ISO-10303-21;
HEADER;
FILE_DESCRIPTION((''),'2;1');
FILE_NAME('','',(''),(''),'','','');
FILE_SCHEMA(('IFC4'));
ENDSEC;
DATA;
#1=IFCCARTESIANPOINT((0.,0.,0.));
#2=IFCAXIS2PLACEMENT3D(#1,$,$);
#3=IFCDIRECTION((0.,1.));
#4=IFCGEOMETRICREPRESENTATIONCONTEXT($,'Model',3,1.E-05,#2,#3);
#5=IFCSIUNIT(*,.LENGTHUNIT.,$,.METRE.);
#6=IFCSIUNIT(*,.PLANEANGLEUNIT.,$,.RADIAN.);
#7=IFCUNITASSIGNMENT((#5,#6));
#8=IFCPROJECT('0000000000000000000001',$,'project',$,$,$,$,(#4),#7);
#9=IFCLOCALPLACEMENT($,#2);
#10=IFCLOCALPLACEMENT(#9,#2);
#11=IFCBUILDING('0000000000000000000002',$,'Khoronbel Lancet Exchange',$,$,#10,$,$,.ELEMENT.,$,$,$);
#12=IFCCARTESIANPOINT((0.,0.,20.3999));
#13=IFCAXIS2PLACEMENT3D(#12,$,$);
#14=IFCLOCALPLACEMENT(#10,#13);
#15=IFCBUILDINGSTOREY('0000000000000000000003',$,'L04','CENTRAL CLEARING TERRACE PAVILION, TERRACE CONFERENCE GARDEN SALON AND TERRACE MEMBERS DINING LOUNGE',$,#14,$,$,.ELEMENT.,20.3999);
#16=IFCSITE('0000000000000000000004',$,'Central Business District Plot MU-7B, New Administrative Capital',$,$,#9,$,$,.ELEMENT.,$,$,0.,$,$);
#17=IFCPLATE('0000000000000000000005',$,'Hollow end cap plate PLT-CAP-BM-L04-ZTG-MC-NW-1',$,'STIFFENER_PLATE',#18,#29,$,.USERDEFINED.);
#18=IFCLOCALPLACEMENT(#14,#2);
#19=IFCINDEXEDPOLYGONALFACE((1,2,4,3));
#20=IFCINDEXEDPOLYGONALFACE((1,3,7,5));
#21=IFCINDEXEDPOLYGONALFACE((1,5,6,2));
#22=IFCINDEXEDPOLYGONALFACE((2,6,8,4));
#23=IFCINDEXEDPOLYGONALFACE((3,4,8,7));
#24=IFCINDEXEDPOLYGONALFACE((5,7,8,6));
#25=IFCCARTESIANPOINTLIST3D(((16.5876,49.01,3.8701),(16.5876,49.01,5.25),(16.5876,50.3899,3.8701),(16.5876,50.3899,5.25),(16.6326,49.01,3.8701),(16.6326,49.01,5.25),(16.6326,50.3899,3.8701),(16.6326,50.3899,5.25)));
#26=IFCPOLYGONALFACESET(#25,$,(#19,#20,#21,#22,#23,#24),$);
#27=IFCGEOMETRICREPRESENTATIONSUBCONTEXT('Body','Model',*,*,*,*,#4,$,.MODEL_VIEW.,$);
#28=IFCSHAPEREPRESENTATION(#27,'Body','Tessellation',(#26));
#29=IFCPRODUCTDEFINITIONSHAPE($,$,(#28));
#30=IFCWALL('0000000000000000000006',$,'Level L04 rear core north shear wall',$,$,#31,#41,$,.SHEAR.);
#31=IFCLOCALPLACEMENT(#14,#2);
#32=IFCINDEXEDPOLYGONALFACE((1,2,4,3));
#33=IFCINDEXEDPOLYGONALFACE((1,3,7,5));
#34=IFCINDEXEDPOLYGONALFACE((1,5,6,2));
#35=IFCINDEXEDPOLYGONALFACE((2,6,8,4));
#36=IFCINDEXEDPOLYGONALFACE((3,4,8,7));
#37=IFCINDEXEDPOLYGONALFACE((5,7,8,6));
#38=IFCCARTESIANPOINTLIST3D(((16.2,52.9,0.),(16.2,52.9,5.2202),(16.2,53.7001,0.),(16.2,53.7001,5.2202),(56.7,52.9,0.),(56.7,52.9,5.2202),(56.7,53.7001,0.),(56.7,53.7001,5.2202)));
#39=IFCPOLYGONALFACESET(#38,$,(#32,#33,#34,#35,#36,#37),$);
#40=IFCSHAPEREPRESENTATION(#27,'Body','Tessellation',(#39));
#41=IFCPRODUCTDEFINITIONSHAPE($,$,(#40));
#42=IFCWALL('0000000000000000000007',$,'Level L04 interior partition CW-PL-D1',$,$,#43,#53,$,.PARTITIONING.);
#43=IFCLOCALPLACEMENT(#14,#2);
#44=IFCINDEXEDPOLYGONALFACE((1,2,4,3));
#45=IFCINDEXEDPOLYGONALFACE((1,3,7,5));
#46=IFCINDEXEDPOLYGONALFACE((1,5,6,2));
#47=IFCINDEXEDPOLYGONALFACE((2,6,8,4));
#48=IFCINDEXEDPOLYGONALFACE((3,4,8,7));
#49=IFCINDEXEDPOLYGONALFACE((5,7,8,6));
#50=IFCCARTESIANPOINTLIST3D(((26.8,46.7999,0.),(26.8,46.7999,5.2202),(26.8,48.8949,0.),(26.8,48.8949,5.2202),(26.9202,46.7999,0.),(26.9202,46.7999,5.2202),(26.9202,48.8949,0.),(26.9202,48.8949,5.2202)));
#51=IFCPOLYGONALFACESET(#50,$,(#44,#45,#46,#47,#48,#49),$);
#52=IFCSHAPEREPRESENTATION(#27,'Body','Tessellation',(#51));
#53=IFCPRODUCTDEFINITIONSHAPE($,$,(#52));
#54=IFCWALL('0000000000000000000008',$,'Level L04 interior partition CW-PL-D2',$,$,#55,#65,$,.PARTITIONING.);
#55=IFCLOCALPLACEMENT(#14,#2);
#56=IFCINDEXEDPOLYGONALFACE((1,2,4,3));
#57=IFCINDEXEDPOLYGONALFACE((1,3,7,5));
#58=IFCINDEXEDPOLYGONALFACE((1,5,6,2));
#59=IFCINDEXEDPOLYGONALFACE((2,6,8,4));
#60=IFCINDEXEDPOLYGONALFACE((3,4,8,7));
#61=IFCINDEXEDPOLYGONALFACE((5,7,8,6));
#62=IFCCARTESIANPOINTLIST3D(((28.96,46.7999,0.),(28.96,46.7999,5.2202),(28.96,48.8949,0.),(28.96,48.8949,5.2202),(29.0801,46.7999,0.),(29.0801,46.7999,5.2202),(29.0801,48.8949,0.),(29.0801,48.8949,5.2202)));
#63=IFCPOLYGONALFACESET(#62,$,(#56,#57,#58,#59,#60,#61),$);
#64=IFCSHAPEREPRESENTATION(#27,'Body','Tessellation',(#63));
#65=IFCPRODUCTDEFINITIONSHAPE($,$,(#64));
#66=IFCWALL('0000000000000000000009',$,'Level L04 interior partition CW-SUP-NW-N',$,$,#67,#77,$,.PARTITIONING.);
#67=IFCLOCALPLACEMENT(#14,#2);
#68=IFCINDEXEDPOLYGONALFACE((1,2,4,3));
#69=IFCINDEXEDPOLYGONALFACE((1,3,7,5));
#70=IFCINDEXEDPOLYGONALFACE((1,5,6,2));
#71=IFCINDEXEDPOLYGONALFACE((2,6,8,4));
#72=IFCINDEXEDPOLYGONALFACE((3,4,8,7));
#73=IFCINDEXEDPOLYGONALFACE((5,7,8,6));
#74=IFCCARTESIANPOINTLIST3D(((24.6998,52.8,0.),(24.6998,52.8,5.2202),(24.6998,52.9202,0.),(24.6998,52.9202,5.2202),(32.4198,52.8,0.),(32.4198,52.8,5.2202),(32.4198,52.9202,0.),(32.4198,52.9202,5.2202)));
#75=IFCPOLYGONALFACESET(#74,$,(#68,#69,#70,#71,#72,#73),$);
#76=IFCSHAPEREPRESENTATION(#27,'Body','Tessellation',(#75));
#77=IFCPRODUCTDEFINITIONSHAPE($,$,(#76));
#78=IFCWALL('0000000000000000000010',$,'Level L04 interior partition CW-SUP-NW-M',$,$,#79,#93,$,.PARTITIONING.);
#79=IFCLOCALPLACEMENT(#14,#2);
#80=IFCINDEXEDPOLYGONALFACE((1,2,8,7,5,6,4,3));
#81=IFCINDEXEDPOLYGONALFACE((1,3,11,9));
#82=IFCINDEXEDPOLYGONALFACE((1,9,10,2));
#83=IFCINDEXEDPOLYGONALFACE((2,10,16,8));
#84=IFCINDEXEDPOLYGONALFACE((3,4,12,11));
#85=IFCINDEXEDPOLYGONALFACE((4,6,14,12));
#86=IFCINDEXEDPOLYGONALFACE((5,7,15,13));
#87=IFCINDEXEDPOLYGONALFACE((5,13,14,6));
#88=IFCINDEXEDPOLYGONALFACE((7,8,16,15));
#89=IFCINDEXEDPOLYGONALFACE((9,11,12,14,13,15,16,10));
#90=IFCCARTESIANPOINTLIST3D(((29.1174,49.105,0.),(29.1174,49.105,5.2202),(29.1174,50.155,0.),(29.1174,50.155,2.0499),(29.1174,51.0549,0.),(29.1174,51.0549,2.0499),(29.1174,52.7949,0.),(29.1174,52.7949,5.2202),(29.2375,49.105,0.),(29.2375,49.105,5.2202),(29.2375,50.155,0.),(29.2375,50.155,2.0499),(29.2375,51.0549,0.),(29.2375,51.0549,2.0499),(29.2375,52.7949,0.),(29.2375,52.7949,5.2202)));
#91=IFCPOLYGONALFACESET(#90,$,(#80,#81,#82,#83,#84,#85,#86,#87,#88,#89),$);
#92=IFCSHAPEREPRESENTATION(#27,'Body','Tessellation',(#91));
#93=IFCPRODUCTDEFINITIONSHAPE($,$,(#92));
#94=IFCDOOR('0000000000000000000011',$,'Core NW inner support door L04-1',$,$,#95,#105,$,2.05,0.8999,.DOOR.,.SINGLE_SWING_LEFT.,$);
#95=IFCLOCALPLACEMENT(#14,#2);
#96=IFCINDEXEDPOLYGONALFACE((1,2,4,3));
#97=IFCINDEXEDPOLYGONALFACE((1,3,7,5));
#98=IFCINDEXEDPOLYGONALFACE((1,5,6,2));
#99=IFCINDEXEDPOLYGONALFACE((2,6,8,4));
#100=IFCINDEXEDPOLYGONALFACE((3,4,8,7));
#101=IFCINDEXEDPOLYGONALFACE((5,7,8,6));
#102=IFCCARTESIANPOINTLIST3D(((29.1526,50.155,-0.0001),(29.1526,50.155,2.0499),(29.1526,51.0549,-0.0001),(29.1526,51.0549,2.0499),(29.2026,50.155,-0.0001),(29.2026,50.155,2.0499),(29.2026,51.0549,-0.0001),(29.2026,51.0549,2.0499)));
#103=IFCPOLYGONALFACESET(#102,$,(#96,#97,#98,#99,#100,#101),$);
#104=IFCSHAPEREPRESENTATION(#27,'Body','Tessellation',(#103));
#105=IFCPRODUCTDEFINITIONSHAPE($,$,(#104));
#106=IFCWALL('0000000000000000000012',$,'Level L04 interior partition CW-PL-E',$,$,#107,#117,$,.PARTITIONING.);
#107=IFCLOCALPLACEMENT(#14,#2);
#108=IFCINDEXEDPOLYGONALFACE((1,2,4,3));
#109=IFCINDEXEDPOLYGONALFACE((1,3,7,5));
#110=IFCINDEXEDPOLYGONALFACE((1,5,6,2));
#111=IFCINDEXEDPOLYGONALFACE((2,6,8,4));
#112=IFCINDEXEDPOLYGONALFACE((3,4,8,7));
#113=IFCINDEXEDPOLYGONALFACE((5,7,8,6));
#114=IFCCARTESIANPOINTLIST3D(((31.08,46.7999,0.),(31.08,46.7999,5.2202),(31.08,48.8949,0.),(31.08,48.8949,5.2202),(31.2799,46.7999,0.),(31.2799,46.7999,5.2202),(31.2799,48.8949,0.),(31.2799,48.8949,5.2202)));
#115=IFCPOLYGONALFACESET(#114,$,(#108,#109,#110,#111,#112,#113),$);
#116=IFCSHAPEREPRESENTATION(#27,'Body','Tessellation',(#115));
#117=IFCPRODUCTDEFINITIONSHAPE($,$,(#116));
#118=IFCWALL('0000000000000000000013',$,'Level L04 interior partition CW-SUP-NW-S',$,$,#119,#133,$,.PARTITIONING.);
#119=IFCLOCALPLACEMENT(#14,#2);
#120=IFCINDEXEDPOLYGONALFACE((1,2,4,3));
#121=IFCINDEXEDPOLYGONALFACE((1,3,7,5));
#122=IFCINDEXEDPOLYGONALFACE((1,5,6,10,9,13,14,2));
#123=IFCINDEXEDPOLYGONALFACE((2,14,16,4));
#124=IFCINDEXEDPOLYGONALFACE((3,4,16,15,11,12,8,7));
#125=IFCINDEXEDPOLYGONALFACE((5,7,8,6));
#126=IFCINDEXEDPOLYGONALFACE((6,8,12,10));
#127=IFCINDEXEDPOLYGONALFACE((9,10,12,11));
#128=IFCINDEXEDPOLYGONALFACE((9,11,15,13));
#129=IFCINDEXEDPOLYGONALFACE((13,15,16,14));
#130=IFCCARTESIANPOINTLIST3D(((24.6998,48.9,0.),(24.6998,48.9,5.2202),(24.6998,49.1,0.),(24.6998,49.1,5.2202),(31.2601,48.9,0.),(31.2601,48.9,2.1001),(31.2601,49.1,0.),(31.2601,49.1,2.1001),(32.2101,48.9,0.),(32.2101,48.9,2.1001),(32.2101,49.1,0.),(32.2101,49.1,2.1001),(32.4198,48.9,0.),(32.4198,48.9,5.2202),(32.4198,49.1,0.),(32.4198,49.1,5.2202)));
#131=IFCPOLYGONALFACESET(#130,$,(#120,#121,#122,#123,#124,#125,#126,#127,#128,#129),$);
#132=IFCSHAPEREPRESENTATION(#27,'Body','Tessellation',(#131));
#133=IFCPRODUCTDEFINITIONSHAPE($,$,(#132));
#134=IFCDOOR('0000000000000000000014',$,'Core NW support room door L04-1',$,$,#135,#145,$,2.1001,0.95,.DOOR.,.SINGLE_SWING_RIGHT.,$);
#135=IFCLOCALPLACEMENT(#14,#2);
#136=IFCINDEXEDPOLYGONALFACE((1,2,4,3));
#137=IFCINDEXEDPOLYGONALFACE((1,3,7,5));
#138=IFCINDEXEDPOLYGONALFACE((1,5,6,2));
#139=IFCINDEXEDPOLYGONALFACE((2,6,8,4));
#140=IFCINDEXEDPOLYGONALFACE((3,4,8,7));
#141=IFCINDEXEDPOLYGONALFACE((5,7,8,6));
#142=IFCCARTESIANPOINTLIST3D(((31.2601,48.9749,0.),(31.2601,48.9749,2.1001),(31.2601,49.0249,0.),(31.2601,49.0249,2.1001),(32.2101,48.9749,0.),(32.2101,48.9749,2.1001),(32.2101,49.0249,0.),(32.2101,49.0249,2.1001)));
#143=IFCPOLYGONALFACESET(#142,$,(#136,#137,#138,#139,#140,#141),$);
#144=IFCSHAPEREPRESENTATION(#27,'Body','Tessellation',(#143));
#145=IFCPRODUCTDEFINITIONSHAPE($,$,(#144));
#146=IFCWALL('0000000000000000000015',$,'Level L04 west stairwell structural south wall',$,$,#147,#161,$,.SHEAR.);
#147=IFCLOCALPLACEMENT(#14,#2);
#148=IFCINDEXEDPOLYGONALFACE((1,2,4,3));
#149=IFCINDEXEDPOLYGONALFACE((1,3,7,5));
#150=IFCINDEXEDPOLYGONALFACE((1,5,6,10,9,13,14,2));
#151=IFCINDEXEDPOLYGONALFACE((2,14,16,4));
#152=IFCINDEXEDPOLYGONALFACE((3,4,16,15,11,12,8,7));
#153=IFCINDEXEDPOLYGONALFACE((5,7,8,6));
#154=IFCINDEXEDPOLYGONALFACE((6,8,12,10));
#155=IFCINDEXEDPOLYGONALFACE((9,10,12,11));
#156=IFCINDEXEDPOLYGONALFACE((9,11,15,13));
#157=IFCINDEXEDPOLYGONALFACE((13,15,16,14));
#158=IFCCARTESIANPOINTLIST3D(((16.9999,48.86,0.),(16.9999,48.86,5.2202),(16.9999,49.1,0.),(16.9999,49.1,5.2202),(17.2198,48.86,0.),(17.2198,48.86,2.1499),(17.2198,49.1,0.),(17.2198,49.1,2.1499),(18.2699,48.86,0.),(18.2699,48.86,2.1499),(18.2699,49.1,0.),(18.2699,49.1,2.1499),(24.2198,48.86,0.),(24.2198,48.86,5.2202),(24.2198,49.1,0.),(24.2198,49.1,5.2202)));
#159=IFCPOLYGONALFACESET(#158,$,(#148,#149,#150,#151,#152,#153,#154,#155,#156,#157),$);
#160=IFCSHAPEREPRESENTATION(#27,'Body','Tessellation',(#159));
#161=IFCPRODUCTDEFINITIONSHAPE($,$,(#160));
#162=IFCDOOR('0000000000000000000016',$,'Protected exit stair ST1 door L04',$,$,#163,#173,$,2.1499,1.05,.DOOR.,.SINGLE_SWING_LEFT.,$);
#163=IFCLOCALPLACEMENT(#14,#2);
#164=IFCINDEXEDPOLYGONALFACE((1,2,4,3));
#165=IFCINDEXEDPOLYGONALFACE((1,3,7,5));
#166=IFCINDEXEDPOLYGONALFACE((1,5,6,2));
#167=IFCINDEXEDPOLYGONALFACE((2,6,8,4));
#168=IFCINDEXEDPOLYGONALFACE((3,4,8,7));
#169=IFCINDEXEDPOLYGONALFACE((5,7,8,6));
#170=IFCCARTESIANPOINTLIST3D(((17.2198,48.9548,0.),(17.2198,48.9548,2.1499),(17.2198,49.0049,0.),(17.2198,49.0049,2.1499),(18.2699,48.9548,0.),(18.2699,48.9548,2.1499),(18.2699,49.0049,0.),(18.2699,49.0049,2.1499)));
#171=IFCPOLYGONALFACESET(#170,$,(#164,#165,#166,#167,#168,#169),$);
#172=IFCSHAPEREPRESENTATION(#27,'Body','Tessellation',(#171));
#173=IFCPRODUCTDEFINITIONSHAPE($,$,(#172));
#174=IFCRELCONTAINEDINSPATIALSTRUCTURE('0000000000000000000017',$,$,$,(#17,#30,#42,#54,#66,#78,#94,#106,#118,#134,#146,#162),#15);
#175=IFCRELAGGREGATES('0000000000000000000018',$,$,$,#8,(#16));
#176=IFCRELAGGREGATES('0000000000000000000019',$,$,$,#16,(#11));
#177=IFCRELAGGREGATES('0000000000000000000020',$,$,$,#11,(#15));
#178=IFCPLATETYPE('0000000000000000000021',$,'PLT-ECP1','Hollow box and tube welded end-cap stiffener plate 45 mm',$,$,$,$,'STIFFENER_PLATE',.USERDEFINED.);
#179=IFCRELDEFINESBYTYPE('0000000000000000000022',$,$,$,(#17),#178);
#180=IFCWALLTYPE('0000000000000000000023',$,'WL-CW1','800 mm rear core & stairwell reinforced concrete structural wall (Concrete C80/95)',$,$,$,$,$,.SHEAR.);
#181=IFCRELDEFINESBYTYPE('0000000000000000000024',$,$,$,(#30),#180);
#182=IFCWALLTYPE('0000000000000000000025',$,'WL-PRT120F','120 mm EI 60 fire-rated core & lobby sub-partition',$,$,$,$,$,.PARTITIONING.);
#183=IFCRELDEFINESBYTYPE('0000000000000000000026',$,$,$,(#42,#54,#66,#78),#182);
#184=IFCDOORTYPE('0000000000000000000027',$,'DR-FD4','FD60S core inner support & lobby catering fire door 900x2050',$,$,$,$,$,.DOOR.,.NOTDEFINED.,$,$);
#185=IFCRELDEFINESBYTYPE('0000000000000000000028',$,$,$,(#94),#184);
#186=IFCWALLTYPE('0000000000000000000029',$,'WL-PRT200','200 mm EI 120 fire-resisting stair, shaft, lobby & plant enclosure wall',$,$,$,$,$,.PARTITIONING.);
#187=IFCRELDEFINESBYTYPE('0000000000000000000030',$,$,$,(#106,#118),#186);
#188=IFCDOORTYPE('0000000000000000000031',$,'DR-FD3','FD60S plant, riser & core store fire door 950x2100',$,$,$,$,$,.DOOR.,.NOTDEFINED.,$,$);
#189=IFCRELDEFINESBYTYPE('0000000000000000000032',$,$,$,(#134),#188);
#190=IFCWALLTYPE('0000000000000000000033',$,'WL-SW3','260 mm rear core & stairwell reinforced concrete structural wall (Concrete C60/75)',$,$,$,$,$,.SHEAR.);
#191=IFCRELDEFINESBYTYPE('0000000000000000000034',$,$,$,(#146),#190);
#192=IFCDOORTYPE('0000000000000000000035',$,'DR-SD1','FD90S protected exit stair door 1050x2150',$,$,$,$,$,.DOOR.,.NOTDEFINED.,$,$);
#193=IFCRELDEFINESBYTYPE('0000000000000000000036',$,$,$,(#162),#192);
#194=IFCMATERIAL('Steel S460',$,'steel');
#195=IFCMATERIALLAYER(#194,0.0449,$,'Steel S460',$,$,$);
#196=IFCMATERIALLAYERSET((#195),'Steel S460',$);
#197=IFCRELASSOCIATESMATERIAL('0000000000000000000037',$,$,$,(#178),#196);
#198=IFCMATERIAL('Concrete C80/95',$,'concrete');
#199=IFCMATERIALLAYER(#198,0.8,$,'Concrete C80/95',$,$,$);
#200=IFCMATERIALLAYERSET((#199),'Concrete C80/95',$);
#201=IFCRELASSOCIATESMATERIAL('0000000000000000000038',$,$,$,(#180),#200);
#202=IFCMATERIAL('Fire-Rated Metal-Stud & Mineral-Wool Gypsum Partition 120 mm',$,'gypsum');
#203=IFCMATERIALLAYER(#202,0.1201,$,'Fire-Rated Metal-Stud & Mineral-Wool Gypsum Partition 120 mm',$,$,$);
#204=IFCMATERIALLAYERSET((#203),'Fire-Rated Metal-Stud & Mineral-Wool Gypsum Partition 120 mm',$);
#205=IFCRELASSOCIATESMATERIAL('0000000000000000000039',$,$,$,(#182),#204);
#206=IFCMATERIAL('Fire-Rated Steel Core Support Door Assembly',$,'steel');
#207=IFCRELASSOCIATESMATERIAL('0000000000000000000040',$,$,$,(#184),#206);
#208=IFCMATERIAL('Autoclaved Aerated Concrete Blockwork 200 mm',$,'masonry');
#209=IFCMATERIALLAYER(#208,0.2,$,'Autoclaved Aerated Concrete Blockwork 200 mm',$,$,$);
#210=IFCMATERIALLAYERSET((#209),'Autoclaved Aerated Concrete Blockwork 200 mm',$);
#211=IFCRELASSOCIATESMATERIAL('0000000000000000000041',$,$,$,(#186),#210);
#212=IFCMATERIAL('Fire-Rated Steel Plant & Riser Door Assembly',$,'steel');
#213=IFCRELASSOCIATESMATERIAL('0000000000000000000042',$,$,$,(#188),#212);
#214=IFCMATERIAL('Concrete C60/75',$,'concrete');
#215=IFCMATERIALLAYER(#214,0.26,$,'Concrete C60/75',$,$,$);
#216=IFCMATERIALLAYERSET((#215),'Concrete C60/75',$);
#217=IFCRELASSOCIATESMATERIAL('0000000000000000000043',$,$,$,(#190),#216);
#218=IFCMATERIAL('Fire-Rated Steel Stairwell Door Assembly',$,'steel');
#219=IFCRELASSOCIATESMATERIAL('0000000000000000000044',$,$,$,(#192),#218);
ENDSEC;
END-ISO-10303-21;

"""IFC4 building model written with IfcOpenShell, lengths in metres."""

from ifc_helpers import new_model, si_unit, direction, frame, frame_2d, origin, origin_2d, place, context, subcontext, project, spatial, rectangle, extrude, material, layer, layer_set, type_object, element, fill, save


model = new_model("IFC4")

# Units and contexts
model_context = context("Model", 3, precision=1e-05, world=origin(), true_north=direction((0.0, 1.0)))
body_context = subcontext(model_context, "Body", "Model", "MODEL_VIEW")
ifc_project = project(units=[si_unit("LENGTHUNIT", "METRE"), si_unit("PLANEANGLEUNIT", "RADIAN")], contexts=[model_context])

# Site, building, storey
site_placement = place(None, origin())
site = spatial("IfcSite", under=ifc_project, at=site_placement, Name="Central Business District Plot MU-7B, New Administrative Capital", CompositionType="ELEMENT", RefElevation=0.0)
building_placement = place(site_placement, origin())
building = spatial("IfcBuilding", under=site, at=building_placement, Name="Khoronbel Lancet Exchange", CompositionType="ELEMENT")
storey_placement = place(building_placement, frame((0.0, 0.0, 20.3999)))
storey = spatial("IfcBuildingStorey", under=building, at=storey_placement, Name="L04", Description="CENTRAL CLEARING TERRACE PAVILION, TERRACE CONFERENCE GARDEN SALON AND TERRACE MEMBERS DINING LOUNGE", CompositionType="ELEMENT", Elevation=20.3999)

# Shared definitions
ifc_material_1 = material(Name="Steel S460", Category="steel")

# Plate
ifc_layer_1 = layer(ifc_material_1, 0.0449, Name="Steel S460")
ifc_layer_set_1 = layer_set([ifc_layer_1], Name="Steel S460")
plate_type = type_object("IfcPlateType", Name="PLT-ECP1", Description="Hollow box and tube welded end-cap stiffener plate 45 mm", ElementType="STIFFENER_PLATE", PredefinedType="USERDEFINED", material=ifc_layer_set_1)
plate_placement = place(storey_placement, frame((16.6101, 49.7, 3.8701), z_axis=(0.0, 0.0, 1.0), x_axis=(1.0, 0.0, 0.0)))
element("IfcPlate", 1, at=plate_placement, inside=storey, type_object=plate_type, Name="Hollow end cap plate PLT-CAP-BM-L04-ZTG-MC-NW-1", ObjectType="STIFFENER_PLATE", PredefinedType="USERDEFINED", context=body_context, shape_type="SweptSolid", body=[
    extrude(rectangle(XDim=0.0449, YDim=1.3799, at=origin_2d()), origin(), (0.0, 0.0, 1.0), 1.3799),
])

# Walls
ifc_material_2 = material(Name="Concrete C80/95", Category="concrete")
ifc_layer_2 = layer(ifc_material_2, 0.8, Name="Concrete C80/95")
ifc_layer_set_2 = layer_set([ifc_layer_2], Name="Concrete C80/95")
wall_type_1 = type_object("IfcWallType", Name="WL-CW1", Description="800 mm rear core & stairwell reinforced concrete structural wall (Concrete C80/95)", PredefinedType="SHEAR", material=ifc_layer_set_2)
wall_1_placement = place(storey_placement, frame((16.2, 53.3, 0.0), z_axis=(0.0, 0.0, 1.0), x_axis=(1.0, 0.0, 0.0)))
element("IfcWall", 2, at=wall_1_placement, inside=storey, type_object=wall_type_1, Name="Level L04 rear core north shear wall", PredefinedType="SHEAR", context=body_context, shape_type="SweptSolid", body=[
    extrude(rectangle(XDim=40.5, YDim=0.8, at=frame_2d((20.25, 0.0))), origin(), (0.0, 0.0, 1.0), 5.2202),
])
ifc_material_3 = material(Name="Fire-Rated Metal-Stud & Mineral-Wool Gypsum Partition 120 mm", Category="gypsum")
ifc_layer_3 = layer(ifc_material_3, 0.1201, Name="Fire-Rated Metal-Stud & Mineral-Wool Gypsum Partition 120 mm")
ifc_layer_set_3 = layer_set([ifc_layer_3], Name="Fire-Rated Metal-Stud & Mineral-Wool Gypsum Partition 120 mm")
wall_type_2 = type_object("IfcWallType", Name="WL-PRT120F", Description="120 mm EI 60 fire-rated core & lobby sub-partition", PredefinedType="PARTITIONING", material=ifc_layer_set_3)
for number, where, z_axis, x_axis, name in (
    (3, (26.8601, 46.8, 0.0), (0.0, 0.0, 1.0), (0.0, 1.0, 0.0), "Level L04 interior partition CW-PL-D1"),
    (4, (29.02, 46.8, 0.0), (0.0, 0.0, 1.0), (0.0, 1.0, 0.0), "Level L04 interior partition CW-PL-D2"),
):
    element("IfcWall", number, at=place(storey_placement, frame(where, z_axis=z_axis, x_axis=x_axis)), inside=storey, type_object=wall_type_2, Name=name, PredefinedType="PARTITIONING", context=body_context, shape_type="SweptSolid", body=[
        extrude(rectangle(XDim=2.095, YDim=0.1201, at=frame_2d((1.0474, 0.0))), origin(), (0.0, 0.0, 1.0), 5.2202),
    ])
wall_2_placement = place(storey_placement, frame((24.7, 52.8601, 0.0), z_axis=(0.0, 0.0, 1.0), x_axis=(1.0, 0.0, 0.0)))
element("IfcWall", 5, at=wall_2_placement, inside=storey, type_object=wall_type_2, Name="Level L04 interior partition CW-SUP-NW-N", PredefinedType="PARTITIONING", context=body_context, shape_type="SweptSolid", body=[
    extrude(rectangle(XDim=7.72, YDim=0.1201, at=frame_2d((3.8599, 0.0))), origin(), (0.0, 0.0, 1.0), 5.2202),
])

# Wall, opening, door
wall_3_placement = place(storey_placement, frame((29.1775, 49.105, 0.0), z_axis=(0.0, 0.0, 1.0), x_axis=(0.0, 1.0, 0.0)))
wall_3 = element("IfcWall", 6, at=wall_3_placement, inside=storey, type_object=wall_type_2, Name="Level L04 interior partition CW-SUP-NW-M", PredefinedType="PARTITIONING", context=body_context, shape_type="SweptSolid", body=[
    extrude(rectangle(XDim=3.6899, YDim=0.1201, at=frame_2d((1.845, 0.0))), origin(), (0.0, 0.0, 1.0), 5.2202),
])
opening_1_placement = place(wall_3_placement, frame((1.05, 0.0, 0.0)))
opening_1 = element("IfcOpeningElement", 7, at=opening_1_placement, cuts=wall_3, PredefinedType="OPENING", context=body_context, shape_type="SweptSolid", body=[
    extrude(rectangle(XDim=0.8999, YDim=2.05, at=frame_2d((0.45, 1.0249))), frame((0.0, 0.0701, 0.0), z_axis=(0.0, -1.0, 0.0), x_axis=(1.0, 0.0, 0.0)), (0.0, 0.0, 1.0), 0.1401),
])
ifc_material_4 = material(Name="Fire-Rated Steel Core Support Door Assembly", Category="steel")
door_type_1 = type_object("IfcDoorType", Name="DR-FD4", Description="FD60S core inner support & lobby catering fire door 900x2050", OperationType="NOTDEFINED", PredefinedType="DOOR", material=ifc_material_4)
door_1_placement = place(opening_1_placement, origin())
door_1 = element("IfcDoor", 8, at=door_1_placement, inside=storey, type_object=door_type_1, Name="Core NW inner support door L04-1", OperationType="SINGLE_SWING_LEFT", OverallHeight=2.05, OverallWidth=0.8999, PredefinedType="DOOR", context=body_context, shape_type="SweptSolid", body=[
    extrude(rectangle(XDim=0.8999, YDim=2.05, at=frame_2d((0.45, 1.0249))), frame((0.0, 0.0249, 0.0), z_axis=(0.0, -1.0, 0.0), x_axis=(1.0, 0.0, 0.0)), (0.0, 0.0, 1.0), 0.05),
])
fill(opening_1, door_1)

# Wall
ifc_material_5 = material(Name="Autoclaved Aerated Concrete Blockwork 200 mm", Category="masonry")
ifc_layer_4 = layer(ifc_material_5, 0.2, Name="Autoclaved Aerated Concrete Blockwork 200 mm")
ifc_layer_set_4 = layer_set([ifc_layer_4], Name="Autoclaved Aerated Concrete Blockwork 200 mm")
wall_type_3 = type_object("IfcWallType", Name="WL-PRT200", Description="200 mm EI 120 fire-resisting stair, shaft, lobby & plant enclosure wall", PredefinedType="PARTITIONING", material=ifc_layer_set_4)
wall_4_placement = place(storey_placement, frame((31.1799, 46.8, 0.0), z_axis=(0.0, 0.0, 1.0), x_axis=(0.0, 1.0, 0.0)))
element("IfcWall", 9, at=wall_4_placement, inside=storey, type_object=wall_type_3, Name="Level L04 interior partition CW-PL-E", PredefinedType="PARTITIONING", context=body_context, shape_type="SweptSolid", body=[
    extrude(rectangle(XDim=2.095, YDim=0.2, at=frame_2d((1.0474, 0.0))), origin(), (0.0, 0.0, 1.0), 5.2202),
])

# Walls, openings, doors
wall_5_placement = place(storey_placement, frame((24.7, 49.0, 0.0), z_axis=(0.0, 0.0, 1.0), x_axis=(1.0, 0.0, 0.0)))
wall_5 = element("IfcWall", 10, at=wall_5_placement, inside=storey, type_object=wall_type_3, Name="Level L04 interior partition CW-SUP-NW-S", PredefinedType="PARTITIONING", context=body_context, shape_type="SweptSolid", body=[
    extrude(rectangle(XDim=7.72, YDim=0.2, at=frame_2d((3.8599, 0.0))), origin(), (0.0, 0.0, 1.0), 5.2202),
])
opening_2_placement = place(wall_5_placement, frame((6.5601, 0.0, 0.0)))
opening_2 = element("IfcOpeningElement", 11, at=opening_2_placement, cuts=wall_5, PredefinedType="OPENING", context=body_context, shape_type="SweptSolid", body=[
    extrude(rectangle(XDim=0.95, YDim=2.1001, at=frame_2d((0.4751, 1.05))), frame((0.0, 0.1099, 0.0), z_axis=(0.0, -1.0, 0.0), x_axis=(1.0, 0.0, 0.0)), (0.0, 0.0, 1.0), 0.22),
])
ifc_material_6 = material(Name="Fire-Rated Steel Plant & Riser Door Assembly", Category="steel")
door_type_2 = type_object("IfcDoorType", Name="DR-FD3", Description="FD60S plant, riser & core store fire door 950x2100", OperationType="NOTDEFINED", PredefinedType="DOOR", material=ifc_material_6)
door_2_placement = place(opening_2_placement, origin())
door_2 = element("IfcDoor", 12, at=door_2_placement, inside=storey, type_object=door_type_2, Name="Core NW support room door L04-1", OperationType="SINGLE_SWING_RIGHT", OverallHeight=2.1001, OverallWidth=0.95, PredefinedType="DOOR", context=body_context, shape_type="SweptSolid", body=[
    extrude(rectangle(XDim=0.95, YDim=2.1001, at=frame_2d((0.4751, 1.05))), frame((0.0, 0.0249, 0.0), z_axis=(0.0, -1.0, 0.0), x_axis=(1.0, 0.0, 0.0)), (0.0, 0.0, 1.0), 0.05),
])
fill(opening_2, door_2)
ifc_material_7 = material(Name="Concrete C60/75", Category="concrete")
ifc_layer_5 = layer(ifc_material_7, 0.26, Name="Concrete C60/75")
ifc_layer_set_5 = layer_set([ifc_layer_5], Name="Concrete C60/75")
wall_type_4 = type_object("IfcWallType", Name="WL-SW3", Description="260 mm rear core & stairwell reinforced concrete structural wall (Concrete C60/75)", PredefinedType="SHEAR", material=ifc_layer_set_5)
wall_6_placement = place(storey_placement, frame((17.0, 48.98, 0.0), z_axis=(0.0, 0.0, 1.0), x_axis=(1.0, 0.0, 0.0)))
wall_6 = element("IfcWall", 13, at=wall_6_placement, inside=storey, type_object=wall_type_4, Name="Level L04 west stairwell structural south wall", PredefinedType="SHEAR", context=body_context, shape_type="SweptSolid", body=[
    extrude(rectangle(XDim=7.22, YDim=0.24, at=frame_2d((3.6099, 0.0))), origin(), (0.0, 0.0, 1.0), 5.2202),
])
opening_3_placement = place(wall_6_placement, frame((0.22, 0.0, 0.0)))
opening_3 = element("IfcOpeningElement", 14, at=opening_3_placement, cuts=wall_6, PredefinedType="OPENING", context=body_context, shape_type="SweptSolid", body=[
    extrude(rectangle(XDim=1.05, YDim=2.1499, at=frame_2d((0.5249, 1.075))), frame((0.0, 0.1299, 0.0), z_axis=(0.0, -1.0, 0.0), x_axis=(1.0, 0.0, 0.0)), (0.0, 0.0, 1.0), 0.26),
])
ifc_material_8 = material(Name="Fire-Rated Steel Stairwell Door Assembly", Category="steel")
door_type_3 = type_object("IfcDoorType", Name="DR-SD1", Description="FD90S protected exit stair door 1050x2150", OperationType="NOTDEFINED", PredefinedType="DOOR", material=ifc_material_8)
door_3_placement = place(opening_3_placement, origin())
door_3 = element("IfcDoor", 15, at=door_3_placement, inside=storey, type_object=door_type_3, Name="Protected exit stair ST1 door L04", OperationType="SINGLE_SWING_LEFT", OverallHeight=2.1499, OverallWidth=1.05, PredefinedType="DOOR", context=body_context, shape_type="SweptSolid", body=[
    extrude(rectangle(XDim=1.05, YDim=2.1499, at=frame_2d((0.5249, 1.075))), frame((0.0, 0.0249, 0.0), z_axis=(0.0, -1.0, 0.0), x_axis=(1.0, 0.0, 0.0)), (0.0, 0.0, 1.0), 0.05),
])
fill(opening_3, door_3)

save(model, "model.ifc")
